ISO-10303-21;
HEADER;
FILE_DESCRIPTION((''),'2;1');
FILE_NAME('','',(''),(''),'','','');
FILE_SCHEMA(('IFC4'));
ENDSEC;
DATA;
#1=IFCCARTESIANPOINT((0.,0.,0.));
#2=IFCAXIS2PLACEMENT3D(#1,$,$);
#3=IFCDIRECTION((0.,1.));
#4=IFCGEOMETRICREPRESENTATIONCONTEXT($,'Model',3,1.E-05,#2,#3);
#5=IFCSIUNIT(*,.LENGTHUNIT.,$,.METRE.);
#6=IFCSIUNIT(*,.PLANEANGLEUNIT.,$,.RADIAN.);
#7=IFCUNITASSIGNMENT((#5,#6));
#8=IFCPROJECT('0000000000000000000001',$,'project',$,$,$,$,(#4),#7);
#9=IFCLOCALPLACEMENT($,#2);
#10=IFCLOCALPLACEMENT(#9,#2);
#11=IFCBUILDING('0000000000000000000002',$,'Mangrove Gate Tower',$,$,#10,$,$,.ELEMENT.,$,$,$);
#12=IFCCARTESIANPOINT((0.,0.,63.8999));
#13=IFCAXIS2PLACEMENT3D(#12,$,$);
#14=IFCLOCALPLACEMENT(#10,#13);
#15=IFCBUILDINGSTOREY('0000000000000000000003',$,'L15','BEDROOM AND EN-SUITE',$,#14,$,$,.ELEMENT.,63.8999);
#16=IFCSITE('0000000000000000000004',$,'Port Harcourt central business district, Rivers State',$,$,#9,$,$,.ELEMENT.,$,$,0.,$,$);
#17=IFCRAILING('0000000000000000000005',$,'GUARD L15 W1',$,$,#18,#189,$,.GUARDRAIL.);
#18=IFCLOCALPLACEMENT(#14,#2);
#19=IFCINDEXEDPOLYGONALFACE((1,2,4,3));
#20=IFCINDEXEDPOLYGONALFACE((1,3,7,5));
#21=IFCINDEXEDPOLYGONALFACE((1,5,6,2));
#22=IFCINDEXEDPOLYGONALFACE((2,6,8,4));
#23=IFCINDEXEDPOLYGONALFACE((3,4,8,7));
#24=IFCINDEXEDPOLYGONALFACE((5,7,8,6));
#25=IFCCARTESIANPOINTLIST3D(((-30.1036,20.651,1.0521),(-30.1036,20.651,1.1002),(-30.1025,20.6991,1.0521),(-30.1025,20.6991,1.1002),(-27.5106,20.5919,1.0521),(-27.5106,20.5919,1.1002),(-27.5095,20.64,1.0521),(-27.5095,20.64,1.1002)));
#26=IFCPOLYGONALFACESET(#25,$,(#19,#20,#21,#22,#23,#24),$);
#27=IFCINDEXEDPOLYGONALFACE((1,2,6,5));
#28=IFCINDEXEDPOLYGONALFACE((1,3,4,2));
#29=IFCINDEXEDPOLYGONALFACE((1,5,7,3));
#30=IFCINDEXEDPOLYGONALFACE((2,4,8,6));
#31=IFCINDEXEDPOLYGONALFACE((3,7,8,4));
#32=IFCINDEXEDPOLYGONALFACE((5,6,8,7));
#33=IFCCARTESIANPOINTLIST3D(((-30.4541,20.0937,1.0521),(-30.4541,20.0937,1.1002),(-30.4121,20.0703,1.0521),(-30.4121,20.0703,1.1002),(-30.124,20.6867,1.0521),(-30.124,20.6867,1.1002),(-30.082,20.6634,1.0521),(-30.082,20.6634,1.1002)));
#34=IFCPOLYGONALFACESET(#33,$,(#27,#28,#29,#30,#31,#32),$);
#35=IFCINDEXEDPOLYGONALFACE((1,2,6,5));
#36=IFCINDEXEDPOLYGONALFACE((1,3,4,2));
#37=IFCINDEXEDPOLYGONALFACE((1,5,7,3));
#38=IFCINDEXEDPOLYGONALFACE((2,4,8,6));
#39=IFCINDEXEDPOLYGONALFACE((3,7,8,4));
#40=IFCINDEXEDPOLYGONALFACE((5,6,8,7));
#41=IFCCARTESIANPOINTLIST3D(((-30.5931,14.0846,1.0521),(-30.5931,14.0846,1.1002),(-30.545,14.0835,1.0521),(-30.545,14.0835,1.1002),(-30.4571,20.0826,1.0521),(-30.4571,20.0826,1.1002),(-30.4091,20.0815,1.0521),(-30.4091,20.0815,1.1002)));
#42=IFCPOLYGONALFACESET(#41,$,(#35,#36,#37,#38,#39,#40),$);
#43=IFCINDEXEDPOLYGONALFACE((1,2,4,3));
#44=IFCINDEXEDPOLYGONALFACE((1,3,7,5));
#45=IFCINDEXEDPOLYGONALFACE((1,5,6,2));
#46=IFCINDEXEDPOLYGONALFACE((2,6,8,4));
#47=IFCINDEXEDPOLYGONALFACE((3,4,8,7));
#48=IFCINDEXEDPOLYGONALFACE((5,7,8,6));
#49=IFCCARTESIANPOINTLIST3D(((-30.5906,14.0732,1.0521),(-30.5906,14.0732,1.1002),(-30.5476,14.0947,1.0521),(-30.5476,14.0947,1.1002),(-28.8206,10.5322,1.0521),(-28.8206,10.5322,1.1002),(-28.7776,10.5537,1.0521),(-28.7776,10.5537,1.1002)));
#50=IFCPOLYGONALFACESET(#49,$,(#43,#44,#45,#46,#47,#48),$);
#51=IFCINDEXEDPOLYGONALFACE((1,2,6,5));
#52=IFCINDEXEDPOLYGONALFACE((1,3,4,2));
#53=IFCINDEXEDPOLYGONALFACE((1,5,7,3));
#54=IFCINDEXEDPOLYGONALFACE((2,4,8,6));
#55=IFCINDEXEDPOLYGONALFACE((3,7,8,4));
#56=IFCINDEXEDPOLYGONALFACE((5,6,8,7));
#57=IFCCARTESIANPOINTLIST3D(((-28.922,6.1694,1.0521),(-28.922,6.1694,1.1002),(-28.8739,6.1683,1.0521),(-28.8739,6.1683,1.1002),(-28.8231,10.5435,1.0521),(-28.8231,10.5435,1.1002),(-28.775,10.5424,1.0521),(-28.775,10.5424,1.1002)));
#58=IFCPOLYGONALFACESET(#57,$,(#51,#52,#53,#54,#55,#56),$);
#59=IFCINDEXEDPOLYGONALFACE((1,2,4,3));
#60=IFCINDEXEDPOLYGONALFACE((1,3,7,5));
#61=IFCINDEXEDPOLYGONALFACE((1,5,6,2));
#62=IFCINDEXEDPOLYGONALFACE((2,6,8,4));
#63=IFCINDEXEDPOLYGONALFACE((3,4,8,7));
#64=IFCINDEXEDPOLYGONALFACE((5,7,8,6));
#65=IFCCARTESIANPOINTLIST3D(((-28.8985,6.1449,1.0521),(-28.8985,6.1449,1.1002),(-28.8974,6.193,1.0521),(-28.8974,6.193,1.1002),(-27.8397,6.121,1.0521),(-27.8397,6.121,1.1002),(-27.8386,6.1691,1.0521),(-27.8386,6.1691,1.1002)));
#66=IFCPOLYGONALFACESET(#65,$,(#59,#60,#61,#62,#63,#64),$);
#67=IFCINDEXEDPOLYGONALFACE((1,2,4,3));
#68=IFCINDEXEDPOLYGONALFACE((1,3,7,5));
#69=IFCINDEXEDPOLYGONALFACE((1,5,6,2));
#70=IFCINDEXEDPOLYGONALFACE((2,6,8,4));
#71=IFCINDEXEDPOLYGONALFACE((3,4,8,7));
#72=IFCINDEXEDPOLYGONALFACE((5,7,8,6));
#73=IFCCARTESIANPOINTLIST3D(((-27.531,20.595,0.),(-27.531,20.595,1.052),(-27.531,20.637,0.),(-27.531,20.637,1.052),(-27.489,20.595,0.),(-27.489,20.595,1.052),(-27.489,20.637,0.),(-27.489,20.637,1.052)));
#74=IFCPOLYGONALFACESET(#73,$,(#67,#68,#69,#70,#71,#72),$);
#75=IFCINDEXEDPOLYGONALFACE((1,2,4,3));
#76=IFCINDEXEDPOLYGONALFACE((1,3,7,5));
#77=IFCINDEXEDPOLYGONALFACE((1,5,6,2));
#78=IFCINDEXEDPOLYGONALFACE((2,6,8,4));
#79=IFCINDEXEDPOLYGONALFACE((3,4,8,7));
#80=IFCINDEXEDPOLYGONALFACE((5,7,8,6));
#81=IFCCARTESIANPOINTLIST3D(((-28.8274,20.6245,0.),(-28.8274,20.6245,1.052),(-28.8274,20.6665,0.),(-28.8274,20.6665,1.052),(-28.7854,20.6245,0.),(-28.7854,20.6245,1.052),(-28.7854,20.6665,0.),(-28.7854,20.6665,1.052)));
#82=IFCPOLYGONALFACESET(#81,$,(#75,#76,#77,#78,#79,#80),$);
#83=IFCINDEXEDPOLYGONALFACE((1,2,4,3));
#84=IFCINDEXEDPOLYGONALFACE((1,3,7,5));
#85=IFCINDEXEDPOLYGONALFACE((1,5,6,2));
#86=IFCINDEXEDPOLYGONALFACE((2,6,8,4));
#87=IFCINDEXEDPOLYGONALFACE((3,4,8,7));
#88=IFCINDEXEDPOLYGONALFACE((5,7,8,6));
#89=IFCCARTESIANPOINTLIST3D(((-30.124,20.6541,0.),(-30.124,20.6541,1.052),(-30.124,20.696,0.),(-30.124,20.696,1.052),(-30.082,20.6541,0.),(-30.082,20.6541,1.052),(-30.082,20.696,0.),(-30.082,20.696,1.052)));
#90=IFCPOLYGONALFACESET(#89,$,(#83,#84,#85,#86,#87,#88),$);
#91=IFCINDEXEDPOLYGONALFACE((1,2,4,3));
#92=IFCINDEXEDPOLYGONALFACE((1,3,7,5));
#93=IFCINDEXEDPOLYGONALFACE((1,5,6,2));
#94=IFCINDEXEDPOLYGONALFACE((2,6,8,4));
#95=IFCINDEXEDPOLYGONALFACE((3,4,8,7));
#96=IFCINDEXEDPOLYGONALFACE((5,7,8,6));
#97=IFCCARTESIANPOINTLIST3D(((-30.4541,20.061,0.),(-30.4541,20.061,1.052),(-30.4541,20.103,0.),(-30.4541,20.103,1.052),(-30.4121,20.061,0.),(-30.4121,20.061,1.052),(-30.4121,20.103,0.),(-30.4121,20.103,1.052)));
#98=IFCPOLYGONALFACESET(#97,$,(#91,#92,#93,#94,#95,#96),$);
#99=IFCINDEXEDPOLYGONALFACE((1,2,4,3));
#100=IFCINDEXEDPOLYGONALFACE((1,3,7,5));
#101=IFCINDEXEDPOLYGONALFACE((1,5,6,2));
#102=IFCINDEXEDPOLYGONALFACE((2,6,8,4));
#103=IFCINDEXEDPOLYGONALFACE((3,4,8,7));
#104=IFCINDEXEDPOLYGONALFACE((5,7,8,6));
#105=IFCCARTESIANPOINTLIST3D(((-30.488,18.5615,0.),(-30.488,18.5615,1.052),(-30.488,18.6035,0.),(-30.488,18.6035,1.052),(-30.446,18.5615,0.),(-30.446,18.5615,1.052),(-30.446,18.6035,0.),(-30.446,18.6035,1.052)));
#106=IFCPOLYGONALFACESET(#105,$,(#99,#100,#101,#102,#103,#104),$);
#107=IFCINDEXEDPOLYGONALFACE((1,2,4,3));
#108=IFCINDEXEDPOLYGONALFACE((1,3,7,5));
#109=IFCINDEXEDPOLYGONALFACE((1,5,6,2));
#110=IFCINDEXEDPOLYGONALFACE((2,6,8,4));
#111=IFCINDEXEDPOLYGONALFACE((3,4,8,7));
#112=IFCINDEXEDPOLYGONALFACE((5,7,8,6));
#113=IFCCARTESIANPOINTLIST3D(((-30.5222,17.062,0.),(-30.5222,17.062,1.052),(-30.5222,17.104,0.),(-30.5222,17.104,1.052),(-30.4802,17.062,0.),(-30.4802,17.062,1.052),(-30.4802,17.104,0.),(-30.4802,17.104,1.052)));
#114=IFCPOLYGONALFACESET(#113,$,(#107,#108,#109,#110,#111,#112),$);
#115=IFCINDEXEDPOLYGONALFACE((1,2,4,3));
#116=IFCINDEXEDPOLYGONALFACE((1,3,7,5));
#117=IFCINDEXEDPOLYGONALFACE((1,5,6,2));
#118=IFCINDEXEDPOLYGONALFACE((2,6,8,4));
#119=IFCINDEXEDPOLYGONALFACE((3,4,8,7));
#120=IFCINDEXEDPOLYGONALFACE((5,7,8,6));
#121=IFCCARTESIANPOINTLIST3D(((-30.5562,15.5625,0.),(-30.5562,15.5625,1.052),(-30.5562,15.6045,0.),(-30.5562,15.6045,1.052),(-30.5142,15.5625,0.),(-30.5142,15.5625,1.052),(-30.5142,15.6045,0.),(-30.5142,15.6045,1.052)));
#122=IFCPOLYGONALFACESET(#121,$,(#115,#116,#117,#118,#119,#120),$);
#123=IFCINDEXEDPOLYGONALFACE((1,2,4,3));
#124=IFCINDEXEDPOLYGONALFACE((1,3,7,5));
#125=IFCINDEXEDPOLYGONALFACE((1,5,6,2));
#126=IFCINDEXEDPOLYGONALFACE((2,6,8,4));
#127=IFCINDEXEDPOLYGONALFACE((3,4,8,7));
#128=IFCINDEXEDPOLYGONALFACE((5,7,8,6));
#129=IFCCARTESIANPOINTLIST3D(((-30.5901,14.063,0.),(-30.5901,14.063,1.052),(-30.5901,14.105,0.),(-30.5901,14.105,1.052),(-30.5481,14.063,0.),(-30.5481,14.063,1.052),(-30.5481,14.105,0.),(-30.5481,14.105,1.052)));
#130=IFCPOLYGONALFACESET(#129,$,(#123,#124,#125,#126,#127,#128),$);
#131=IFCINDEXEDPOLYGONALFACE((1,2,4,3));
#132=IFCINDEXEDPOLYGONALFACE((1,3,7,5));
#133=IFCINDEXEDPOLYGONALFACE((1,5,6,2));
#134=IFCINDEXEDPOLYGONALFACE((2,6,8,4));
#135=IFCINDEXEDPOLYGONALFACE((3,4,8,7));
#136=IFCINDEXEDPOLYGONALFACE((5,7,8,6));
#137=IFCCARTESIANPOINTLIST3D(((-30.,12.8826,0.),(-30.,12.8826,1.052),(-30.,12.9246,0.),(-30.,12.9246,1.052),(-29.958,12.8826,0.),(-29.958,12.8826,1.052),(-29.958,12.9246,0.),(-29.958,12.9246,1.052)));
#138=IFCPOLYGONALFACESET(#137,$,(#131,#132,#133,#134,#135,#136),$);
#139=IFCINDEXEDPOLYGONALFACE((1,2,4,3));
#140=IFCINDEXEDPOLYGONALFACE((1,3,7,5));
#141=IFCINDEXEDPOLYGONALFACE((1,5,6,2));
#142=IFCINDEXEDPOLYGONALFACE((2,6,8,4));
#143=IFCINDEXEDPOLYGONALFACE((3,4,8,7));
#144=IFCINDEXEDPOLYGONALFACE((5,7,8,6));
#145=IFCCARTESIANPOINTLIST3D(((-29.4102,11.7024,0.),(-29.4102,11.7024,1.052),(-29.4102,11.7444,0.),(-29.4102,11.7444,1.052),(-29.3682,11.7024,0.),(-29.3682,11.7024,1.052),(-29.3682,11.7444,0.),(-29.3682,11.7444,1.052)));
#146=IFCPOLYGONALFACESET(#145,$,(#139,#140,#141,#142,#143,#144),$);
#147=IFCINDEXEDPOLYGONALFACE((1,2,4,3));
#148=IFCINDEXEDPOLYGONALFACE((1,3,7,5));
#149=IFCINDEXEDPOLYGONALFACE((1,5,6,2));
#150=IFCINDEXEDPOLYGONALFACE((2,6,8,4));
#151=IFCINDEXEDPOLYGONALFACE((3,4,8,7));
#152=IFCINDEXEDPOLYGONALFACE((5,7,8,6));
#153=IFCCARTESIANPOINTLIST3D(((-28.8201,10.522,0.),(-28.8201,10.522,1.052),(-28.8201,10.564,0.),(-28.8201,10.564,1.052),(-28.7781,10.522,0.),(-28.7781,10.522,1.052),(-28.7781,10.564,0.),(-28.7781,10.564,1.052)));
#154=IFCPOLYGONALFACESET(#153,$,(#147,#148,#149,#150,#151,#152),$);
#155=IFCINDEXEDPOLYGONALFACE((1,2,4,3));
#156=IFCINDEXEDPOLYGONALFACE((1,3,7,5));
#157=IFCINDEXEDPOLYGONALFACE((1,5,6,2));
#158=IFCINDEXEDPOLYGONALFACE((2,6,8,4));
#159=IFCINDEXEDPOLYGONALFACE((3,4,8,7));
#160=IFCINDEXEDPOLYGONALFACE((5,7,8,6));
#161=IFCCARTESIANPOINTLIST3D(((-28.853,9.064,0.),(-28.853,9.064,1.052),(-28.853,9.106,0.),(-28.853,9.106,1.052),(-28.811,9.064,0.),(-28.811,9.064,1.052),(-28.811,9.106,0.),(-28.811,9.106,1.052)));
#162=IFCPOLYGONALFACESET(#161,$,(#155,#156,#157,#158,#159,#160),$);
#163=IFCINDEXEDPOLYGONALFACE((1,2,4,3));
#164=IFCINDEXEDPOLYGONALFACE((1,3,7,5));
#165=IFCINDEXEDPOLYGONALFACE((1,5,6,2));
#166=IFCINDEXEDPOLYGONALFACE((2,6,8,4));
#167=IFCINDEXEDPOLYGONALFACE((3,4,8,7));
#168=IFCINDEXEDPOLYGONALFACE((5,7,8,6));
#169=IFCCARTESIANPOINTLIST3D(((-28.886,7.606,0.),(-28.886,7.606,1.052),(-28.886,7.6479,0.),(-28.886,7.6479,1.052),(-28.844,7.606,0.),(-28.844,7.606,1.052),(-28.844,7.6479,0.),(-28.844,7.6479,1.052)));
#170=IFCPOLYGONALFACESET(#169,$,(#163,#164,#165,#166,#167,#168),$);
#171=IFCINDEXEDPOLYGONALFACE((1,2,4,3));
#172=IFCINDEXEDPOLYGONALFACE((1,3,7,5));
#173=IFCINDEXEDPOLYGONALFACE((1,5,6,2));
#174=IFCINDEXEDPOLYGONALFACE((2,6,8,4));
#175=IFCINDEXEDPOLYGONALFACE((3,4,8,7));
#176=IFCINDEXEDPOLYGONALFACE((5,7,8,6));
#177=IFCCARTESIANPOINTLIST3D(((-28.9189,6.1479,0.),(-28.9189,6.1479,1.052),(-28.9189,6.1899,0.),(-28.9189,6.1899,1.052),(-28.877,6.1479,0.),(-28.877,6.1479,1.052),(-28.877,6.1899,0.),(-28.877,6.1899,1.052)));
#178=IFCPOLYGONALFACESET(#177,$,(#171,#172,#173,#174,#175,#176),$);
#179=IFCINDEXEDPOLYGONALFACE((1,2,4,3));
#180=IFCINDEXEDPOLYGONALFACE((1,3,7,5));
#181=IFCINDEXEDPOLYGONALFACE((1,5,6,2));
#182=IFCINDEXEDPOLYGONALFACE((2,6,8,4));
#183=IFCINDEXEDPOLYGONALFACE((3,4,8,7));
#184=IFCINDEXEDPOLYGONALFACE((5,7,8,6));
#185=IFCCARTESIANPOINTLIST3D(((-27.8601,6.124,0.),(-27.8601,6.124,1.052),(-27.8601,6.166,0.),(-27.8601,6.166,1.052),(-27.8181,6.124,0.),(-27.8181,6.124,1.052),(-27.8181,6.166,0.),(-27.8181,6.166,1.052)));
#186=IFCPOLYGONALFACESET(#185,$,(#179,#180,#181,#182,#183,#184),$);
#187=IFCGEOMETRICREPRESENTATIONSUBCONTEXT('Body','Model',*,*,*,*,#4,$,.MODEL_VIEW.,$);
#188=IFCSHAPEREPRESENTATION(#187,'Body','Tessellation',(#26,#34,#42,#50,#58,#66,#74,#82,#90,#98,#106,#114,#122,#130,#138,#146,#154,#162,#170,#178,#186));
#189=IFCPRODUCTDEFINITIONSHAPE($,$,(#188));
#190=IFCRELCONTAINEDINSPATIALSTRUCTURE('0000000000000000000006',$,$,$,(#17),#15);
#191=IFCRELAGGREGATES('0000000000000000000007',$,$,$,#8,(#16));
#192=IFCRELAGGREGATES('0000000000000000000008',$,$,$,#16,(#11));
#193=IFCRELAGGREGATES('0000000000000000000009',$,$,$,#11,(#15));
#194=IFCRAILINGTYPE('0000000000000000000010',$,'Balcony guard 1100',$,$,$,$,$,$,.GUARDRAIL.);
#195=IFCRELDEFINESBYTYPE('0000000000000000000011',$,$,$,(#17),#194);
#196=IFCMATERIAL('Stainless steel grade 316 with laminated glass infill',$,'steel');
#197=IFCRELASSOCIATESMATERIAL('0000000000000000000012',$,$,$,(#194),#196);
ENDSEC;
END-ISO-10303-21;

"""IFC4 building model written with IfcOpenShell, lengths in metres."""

from ifc_helpers import new_model, si_unit, direction, frame, origin, origin_2d, place, context, subcontext, project, spatial, rectangle, extrude, material, type_object, element, save


model = new_model("IFC4")

# Units and contexts
model_context = context("Model", 3, precision=1e-05, world=origin(), true_north=direction((0.0, 1.0)))
body_context = subcontext(model_context, "Body", "Model", "MODEL_VIEW")
ifc_project = project(units=[si_unit("LENGTHUNIT", "METRE"), si_unit("PLANEANGLEUNIT", "RADIAN")], contexts=[model_context])

# Site, building, storey
site_placement = place(None, origin())
site = spatial("IfcSite", under=ifc_project, at=site_placement, Name="Port Harcourt central business district, Rivers State", CompositionType="ELEMENT", RefElevation=0.0)
building_placement = place(site_placement, origin())
building = spatial("IfcBuilding", under=site, at=building_placement, Name="Mangrove Gate Tower", CompositionType="ELEMENT")
storey_placement = place(building_placement, frame((0.0, 0.0, 63.8999)))
storey = spatial("IfcBuildingStorey", under=building, at=storey_placement, Name="L15", Description="BEDROOM AND EN-SUITE", CompositionType="ELEMENT", Elevation=63.8999)

# Railing
ifc_material_1 = material(Name="Stainless steel grade 316 with laminated glass infill", Category="steel")
railing_type = type_object("IfcRailingType", Name="Balcony guard 1100", PredefinedType="GUARDRAIL", material=ifc_material_1)
railing_placement = place(storey_placement, frame((-27.51, 20.616, 0.0)))
element("IfcRailing", 1, at=railing_placement, inside=storey, type_object=railing_type, Name="GUARD L15 W1", PredefinedType="GUARDRAIL", context=body_context, shape_type="SweptSolid", body=[
    extrude(rectangle(XDim=0.0481, YDim=0.0481, at=origin_2d()), frame((0.0, 0.0, 1.0762), z_axis=(-0.999741, 0.022779, 0.0), x_axis=(-0.022779, -0.999741, 0.0)), (0.0, 0.0, 1.0), 2.5938),
    extrude(rectangle(XDim=0.0481, YDim=0.0481, at=origin_2d()), frame((-2.593, 0.0591, 1.0762), z_axis=(-0.486345, -0.873767, 0.0), x_axis=(0.873767, -0.486345, 0.0)), (0.0, 0.0, 1.0), 0.6787),
    extrude(rectangle(XDim=0.0481, YDim=0.0481, at=origin_2d()), frame((-2.9231, -0.5339, 1.0762), z_axis=(-0.022666, -0.999743, 0.0), x_axis=(0.999743, -0.022666, 0.0)), (0.0, 0.0, 1.0), 5.9995),
    extrude(rectangle(XDim=0.0481, YDim=0.0481, at=origin_2d()), frame((-3.0591, -6.532, 1.0762), z_axis=(0.447115, -0.894477, 0.0), x_axis=(0.894477, 0.447115, 0.0)), (0.0, 0.0, 1.0), 3.9587),
    extrude(rectangle(XDim=0.0481, YDim=0.0481, at=origin_2d()), frame((-1.2891, -10.073, 1.0762), z_axis=(-0.0226, -0.999745, 0.0), x_axis=(0.999745, -0.0226, 0.0)), (0.0, 0.0, 1.0), 4.3752),
    extrude(rectangle(XDim=0.0481, YDim=0.0481, at=origin_2d()), frame((-1.3879, -14.447, 1.0762), z_axis=(0.999745, -0.02259, 0.0), x_axis=(0.02259, 0.999745, 0.0)), (0.0, 0.0, 1.0), 1.0591),
    extrude(rectangle(XDim=0.042, YDim=0.042, at=origin_2d()), origin(), (0.0, 0.0, 1.0), 1.052),
    extrude(rectangle(XDim=0.042, YDim=0.042, at=origin_2d()), frame((-1.2964, 0.0295, 0.0)), (0.0, 0.0, 1.0), 1.052),
    extrude(rectangle(XDim=0.042, YDim=0.042, at=origin_2d()), frame((-2.593, 0.0591, 0.0)), (0.0, 0.0, 1.0), 1.052),
    extrude(rectangle(XDim=0.042, YDim=0.042, at=origin_2d()), frame((-2.9231, -0.5339, 0.0)), (0.0, 0.0, 1.0), 1.052),
    extrude(rectangle(XDim=0.042, YDim=0.042, at=origin_2d()), frame((-2.957, -2.0334, 0.0)), (0.0, 0.0, 1.0), 1.052),
    extrude(rectangle(XDim=0.042, YDim=0.042, at=origin_2d()), frame((-2.9912, -3.533, 0.0)), (0.0, 0.0, 1.0), 1.052),
    extrude(rectangle(XDim=0.042, YDim=0.042, at=origin_2d()), frame((-3.0251, -5.0325, 0.0)), (0.0, 0.0, 1.0), 1.052),
    extrude(rectangle(XDim=0.042, YDim=0.042, at=origin_2d()), frame((-3.0591, -6.532, 0.0)), (0.0, 0.0, 1.0), 1.052),
    extrude(rectangle(XDim=0.042, YDim=0.042, at=origin_2d()), frame((-2.469, -7.7124, 0.0)), (0.0, 0.0, 1.0), 1.052),
    extrude(rectangle(XDim=0.042, YDim=0.042, at=origin_2d()), frame((-1.8792, -8.8926, 0.0)), (0.0, 0.0, 1.0), 1.052),
    extrude(rectangle(XDim=0.042, YDim=0.042, at=origin_2d()), frame((-1.2891, -10.073, 0.0)), (0.0, 0.0, 1.0), 1.052),
    extrude(rectangle(XDim=0.042, YDim=0.042, at=origin_2d()), frame((-1.322, -11.531, 0.0)), (0.0, 0.0, 1.0), 1.052),
    extrude(rectangle(XDim=0.042, YDim=0.042, at=origin_2d()), frame((-1.355, -12.989, 0.0)), (0.0, 0.0, 1.0), 1.052),
    extrude(rectangle(XDim=0.042, YDim=0.042, at=origin_2d()), frame((-1.3879, -14.447, 0.0)), (0.0, 0.0, 1.0), 1.052),
    extrude(rectangle(XDim=0.042, YDim=0.042, at=origin_2d()), frame((-0.3291, -14.4709, 0.0)), (0.0, 0.0, 1.0), 1.052),
])

save(model, "model.ifc")
